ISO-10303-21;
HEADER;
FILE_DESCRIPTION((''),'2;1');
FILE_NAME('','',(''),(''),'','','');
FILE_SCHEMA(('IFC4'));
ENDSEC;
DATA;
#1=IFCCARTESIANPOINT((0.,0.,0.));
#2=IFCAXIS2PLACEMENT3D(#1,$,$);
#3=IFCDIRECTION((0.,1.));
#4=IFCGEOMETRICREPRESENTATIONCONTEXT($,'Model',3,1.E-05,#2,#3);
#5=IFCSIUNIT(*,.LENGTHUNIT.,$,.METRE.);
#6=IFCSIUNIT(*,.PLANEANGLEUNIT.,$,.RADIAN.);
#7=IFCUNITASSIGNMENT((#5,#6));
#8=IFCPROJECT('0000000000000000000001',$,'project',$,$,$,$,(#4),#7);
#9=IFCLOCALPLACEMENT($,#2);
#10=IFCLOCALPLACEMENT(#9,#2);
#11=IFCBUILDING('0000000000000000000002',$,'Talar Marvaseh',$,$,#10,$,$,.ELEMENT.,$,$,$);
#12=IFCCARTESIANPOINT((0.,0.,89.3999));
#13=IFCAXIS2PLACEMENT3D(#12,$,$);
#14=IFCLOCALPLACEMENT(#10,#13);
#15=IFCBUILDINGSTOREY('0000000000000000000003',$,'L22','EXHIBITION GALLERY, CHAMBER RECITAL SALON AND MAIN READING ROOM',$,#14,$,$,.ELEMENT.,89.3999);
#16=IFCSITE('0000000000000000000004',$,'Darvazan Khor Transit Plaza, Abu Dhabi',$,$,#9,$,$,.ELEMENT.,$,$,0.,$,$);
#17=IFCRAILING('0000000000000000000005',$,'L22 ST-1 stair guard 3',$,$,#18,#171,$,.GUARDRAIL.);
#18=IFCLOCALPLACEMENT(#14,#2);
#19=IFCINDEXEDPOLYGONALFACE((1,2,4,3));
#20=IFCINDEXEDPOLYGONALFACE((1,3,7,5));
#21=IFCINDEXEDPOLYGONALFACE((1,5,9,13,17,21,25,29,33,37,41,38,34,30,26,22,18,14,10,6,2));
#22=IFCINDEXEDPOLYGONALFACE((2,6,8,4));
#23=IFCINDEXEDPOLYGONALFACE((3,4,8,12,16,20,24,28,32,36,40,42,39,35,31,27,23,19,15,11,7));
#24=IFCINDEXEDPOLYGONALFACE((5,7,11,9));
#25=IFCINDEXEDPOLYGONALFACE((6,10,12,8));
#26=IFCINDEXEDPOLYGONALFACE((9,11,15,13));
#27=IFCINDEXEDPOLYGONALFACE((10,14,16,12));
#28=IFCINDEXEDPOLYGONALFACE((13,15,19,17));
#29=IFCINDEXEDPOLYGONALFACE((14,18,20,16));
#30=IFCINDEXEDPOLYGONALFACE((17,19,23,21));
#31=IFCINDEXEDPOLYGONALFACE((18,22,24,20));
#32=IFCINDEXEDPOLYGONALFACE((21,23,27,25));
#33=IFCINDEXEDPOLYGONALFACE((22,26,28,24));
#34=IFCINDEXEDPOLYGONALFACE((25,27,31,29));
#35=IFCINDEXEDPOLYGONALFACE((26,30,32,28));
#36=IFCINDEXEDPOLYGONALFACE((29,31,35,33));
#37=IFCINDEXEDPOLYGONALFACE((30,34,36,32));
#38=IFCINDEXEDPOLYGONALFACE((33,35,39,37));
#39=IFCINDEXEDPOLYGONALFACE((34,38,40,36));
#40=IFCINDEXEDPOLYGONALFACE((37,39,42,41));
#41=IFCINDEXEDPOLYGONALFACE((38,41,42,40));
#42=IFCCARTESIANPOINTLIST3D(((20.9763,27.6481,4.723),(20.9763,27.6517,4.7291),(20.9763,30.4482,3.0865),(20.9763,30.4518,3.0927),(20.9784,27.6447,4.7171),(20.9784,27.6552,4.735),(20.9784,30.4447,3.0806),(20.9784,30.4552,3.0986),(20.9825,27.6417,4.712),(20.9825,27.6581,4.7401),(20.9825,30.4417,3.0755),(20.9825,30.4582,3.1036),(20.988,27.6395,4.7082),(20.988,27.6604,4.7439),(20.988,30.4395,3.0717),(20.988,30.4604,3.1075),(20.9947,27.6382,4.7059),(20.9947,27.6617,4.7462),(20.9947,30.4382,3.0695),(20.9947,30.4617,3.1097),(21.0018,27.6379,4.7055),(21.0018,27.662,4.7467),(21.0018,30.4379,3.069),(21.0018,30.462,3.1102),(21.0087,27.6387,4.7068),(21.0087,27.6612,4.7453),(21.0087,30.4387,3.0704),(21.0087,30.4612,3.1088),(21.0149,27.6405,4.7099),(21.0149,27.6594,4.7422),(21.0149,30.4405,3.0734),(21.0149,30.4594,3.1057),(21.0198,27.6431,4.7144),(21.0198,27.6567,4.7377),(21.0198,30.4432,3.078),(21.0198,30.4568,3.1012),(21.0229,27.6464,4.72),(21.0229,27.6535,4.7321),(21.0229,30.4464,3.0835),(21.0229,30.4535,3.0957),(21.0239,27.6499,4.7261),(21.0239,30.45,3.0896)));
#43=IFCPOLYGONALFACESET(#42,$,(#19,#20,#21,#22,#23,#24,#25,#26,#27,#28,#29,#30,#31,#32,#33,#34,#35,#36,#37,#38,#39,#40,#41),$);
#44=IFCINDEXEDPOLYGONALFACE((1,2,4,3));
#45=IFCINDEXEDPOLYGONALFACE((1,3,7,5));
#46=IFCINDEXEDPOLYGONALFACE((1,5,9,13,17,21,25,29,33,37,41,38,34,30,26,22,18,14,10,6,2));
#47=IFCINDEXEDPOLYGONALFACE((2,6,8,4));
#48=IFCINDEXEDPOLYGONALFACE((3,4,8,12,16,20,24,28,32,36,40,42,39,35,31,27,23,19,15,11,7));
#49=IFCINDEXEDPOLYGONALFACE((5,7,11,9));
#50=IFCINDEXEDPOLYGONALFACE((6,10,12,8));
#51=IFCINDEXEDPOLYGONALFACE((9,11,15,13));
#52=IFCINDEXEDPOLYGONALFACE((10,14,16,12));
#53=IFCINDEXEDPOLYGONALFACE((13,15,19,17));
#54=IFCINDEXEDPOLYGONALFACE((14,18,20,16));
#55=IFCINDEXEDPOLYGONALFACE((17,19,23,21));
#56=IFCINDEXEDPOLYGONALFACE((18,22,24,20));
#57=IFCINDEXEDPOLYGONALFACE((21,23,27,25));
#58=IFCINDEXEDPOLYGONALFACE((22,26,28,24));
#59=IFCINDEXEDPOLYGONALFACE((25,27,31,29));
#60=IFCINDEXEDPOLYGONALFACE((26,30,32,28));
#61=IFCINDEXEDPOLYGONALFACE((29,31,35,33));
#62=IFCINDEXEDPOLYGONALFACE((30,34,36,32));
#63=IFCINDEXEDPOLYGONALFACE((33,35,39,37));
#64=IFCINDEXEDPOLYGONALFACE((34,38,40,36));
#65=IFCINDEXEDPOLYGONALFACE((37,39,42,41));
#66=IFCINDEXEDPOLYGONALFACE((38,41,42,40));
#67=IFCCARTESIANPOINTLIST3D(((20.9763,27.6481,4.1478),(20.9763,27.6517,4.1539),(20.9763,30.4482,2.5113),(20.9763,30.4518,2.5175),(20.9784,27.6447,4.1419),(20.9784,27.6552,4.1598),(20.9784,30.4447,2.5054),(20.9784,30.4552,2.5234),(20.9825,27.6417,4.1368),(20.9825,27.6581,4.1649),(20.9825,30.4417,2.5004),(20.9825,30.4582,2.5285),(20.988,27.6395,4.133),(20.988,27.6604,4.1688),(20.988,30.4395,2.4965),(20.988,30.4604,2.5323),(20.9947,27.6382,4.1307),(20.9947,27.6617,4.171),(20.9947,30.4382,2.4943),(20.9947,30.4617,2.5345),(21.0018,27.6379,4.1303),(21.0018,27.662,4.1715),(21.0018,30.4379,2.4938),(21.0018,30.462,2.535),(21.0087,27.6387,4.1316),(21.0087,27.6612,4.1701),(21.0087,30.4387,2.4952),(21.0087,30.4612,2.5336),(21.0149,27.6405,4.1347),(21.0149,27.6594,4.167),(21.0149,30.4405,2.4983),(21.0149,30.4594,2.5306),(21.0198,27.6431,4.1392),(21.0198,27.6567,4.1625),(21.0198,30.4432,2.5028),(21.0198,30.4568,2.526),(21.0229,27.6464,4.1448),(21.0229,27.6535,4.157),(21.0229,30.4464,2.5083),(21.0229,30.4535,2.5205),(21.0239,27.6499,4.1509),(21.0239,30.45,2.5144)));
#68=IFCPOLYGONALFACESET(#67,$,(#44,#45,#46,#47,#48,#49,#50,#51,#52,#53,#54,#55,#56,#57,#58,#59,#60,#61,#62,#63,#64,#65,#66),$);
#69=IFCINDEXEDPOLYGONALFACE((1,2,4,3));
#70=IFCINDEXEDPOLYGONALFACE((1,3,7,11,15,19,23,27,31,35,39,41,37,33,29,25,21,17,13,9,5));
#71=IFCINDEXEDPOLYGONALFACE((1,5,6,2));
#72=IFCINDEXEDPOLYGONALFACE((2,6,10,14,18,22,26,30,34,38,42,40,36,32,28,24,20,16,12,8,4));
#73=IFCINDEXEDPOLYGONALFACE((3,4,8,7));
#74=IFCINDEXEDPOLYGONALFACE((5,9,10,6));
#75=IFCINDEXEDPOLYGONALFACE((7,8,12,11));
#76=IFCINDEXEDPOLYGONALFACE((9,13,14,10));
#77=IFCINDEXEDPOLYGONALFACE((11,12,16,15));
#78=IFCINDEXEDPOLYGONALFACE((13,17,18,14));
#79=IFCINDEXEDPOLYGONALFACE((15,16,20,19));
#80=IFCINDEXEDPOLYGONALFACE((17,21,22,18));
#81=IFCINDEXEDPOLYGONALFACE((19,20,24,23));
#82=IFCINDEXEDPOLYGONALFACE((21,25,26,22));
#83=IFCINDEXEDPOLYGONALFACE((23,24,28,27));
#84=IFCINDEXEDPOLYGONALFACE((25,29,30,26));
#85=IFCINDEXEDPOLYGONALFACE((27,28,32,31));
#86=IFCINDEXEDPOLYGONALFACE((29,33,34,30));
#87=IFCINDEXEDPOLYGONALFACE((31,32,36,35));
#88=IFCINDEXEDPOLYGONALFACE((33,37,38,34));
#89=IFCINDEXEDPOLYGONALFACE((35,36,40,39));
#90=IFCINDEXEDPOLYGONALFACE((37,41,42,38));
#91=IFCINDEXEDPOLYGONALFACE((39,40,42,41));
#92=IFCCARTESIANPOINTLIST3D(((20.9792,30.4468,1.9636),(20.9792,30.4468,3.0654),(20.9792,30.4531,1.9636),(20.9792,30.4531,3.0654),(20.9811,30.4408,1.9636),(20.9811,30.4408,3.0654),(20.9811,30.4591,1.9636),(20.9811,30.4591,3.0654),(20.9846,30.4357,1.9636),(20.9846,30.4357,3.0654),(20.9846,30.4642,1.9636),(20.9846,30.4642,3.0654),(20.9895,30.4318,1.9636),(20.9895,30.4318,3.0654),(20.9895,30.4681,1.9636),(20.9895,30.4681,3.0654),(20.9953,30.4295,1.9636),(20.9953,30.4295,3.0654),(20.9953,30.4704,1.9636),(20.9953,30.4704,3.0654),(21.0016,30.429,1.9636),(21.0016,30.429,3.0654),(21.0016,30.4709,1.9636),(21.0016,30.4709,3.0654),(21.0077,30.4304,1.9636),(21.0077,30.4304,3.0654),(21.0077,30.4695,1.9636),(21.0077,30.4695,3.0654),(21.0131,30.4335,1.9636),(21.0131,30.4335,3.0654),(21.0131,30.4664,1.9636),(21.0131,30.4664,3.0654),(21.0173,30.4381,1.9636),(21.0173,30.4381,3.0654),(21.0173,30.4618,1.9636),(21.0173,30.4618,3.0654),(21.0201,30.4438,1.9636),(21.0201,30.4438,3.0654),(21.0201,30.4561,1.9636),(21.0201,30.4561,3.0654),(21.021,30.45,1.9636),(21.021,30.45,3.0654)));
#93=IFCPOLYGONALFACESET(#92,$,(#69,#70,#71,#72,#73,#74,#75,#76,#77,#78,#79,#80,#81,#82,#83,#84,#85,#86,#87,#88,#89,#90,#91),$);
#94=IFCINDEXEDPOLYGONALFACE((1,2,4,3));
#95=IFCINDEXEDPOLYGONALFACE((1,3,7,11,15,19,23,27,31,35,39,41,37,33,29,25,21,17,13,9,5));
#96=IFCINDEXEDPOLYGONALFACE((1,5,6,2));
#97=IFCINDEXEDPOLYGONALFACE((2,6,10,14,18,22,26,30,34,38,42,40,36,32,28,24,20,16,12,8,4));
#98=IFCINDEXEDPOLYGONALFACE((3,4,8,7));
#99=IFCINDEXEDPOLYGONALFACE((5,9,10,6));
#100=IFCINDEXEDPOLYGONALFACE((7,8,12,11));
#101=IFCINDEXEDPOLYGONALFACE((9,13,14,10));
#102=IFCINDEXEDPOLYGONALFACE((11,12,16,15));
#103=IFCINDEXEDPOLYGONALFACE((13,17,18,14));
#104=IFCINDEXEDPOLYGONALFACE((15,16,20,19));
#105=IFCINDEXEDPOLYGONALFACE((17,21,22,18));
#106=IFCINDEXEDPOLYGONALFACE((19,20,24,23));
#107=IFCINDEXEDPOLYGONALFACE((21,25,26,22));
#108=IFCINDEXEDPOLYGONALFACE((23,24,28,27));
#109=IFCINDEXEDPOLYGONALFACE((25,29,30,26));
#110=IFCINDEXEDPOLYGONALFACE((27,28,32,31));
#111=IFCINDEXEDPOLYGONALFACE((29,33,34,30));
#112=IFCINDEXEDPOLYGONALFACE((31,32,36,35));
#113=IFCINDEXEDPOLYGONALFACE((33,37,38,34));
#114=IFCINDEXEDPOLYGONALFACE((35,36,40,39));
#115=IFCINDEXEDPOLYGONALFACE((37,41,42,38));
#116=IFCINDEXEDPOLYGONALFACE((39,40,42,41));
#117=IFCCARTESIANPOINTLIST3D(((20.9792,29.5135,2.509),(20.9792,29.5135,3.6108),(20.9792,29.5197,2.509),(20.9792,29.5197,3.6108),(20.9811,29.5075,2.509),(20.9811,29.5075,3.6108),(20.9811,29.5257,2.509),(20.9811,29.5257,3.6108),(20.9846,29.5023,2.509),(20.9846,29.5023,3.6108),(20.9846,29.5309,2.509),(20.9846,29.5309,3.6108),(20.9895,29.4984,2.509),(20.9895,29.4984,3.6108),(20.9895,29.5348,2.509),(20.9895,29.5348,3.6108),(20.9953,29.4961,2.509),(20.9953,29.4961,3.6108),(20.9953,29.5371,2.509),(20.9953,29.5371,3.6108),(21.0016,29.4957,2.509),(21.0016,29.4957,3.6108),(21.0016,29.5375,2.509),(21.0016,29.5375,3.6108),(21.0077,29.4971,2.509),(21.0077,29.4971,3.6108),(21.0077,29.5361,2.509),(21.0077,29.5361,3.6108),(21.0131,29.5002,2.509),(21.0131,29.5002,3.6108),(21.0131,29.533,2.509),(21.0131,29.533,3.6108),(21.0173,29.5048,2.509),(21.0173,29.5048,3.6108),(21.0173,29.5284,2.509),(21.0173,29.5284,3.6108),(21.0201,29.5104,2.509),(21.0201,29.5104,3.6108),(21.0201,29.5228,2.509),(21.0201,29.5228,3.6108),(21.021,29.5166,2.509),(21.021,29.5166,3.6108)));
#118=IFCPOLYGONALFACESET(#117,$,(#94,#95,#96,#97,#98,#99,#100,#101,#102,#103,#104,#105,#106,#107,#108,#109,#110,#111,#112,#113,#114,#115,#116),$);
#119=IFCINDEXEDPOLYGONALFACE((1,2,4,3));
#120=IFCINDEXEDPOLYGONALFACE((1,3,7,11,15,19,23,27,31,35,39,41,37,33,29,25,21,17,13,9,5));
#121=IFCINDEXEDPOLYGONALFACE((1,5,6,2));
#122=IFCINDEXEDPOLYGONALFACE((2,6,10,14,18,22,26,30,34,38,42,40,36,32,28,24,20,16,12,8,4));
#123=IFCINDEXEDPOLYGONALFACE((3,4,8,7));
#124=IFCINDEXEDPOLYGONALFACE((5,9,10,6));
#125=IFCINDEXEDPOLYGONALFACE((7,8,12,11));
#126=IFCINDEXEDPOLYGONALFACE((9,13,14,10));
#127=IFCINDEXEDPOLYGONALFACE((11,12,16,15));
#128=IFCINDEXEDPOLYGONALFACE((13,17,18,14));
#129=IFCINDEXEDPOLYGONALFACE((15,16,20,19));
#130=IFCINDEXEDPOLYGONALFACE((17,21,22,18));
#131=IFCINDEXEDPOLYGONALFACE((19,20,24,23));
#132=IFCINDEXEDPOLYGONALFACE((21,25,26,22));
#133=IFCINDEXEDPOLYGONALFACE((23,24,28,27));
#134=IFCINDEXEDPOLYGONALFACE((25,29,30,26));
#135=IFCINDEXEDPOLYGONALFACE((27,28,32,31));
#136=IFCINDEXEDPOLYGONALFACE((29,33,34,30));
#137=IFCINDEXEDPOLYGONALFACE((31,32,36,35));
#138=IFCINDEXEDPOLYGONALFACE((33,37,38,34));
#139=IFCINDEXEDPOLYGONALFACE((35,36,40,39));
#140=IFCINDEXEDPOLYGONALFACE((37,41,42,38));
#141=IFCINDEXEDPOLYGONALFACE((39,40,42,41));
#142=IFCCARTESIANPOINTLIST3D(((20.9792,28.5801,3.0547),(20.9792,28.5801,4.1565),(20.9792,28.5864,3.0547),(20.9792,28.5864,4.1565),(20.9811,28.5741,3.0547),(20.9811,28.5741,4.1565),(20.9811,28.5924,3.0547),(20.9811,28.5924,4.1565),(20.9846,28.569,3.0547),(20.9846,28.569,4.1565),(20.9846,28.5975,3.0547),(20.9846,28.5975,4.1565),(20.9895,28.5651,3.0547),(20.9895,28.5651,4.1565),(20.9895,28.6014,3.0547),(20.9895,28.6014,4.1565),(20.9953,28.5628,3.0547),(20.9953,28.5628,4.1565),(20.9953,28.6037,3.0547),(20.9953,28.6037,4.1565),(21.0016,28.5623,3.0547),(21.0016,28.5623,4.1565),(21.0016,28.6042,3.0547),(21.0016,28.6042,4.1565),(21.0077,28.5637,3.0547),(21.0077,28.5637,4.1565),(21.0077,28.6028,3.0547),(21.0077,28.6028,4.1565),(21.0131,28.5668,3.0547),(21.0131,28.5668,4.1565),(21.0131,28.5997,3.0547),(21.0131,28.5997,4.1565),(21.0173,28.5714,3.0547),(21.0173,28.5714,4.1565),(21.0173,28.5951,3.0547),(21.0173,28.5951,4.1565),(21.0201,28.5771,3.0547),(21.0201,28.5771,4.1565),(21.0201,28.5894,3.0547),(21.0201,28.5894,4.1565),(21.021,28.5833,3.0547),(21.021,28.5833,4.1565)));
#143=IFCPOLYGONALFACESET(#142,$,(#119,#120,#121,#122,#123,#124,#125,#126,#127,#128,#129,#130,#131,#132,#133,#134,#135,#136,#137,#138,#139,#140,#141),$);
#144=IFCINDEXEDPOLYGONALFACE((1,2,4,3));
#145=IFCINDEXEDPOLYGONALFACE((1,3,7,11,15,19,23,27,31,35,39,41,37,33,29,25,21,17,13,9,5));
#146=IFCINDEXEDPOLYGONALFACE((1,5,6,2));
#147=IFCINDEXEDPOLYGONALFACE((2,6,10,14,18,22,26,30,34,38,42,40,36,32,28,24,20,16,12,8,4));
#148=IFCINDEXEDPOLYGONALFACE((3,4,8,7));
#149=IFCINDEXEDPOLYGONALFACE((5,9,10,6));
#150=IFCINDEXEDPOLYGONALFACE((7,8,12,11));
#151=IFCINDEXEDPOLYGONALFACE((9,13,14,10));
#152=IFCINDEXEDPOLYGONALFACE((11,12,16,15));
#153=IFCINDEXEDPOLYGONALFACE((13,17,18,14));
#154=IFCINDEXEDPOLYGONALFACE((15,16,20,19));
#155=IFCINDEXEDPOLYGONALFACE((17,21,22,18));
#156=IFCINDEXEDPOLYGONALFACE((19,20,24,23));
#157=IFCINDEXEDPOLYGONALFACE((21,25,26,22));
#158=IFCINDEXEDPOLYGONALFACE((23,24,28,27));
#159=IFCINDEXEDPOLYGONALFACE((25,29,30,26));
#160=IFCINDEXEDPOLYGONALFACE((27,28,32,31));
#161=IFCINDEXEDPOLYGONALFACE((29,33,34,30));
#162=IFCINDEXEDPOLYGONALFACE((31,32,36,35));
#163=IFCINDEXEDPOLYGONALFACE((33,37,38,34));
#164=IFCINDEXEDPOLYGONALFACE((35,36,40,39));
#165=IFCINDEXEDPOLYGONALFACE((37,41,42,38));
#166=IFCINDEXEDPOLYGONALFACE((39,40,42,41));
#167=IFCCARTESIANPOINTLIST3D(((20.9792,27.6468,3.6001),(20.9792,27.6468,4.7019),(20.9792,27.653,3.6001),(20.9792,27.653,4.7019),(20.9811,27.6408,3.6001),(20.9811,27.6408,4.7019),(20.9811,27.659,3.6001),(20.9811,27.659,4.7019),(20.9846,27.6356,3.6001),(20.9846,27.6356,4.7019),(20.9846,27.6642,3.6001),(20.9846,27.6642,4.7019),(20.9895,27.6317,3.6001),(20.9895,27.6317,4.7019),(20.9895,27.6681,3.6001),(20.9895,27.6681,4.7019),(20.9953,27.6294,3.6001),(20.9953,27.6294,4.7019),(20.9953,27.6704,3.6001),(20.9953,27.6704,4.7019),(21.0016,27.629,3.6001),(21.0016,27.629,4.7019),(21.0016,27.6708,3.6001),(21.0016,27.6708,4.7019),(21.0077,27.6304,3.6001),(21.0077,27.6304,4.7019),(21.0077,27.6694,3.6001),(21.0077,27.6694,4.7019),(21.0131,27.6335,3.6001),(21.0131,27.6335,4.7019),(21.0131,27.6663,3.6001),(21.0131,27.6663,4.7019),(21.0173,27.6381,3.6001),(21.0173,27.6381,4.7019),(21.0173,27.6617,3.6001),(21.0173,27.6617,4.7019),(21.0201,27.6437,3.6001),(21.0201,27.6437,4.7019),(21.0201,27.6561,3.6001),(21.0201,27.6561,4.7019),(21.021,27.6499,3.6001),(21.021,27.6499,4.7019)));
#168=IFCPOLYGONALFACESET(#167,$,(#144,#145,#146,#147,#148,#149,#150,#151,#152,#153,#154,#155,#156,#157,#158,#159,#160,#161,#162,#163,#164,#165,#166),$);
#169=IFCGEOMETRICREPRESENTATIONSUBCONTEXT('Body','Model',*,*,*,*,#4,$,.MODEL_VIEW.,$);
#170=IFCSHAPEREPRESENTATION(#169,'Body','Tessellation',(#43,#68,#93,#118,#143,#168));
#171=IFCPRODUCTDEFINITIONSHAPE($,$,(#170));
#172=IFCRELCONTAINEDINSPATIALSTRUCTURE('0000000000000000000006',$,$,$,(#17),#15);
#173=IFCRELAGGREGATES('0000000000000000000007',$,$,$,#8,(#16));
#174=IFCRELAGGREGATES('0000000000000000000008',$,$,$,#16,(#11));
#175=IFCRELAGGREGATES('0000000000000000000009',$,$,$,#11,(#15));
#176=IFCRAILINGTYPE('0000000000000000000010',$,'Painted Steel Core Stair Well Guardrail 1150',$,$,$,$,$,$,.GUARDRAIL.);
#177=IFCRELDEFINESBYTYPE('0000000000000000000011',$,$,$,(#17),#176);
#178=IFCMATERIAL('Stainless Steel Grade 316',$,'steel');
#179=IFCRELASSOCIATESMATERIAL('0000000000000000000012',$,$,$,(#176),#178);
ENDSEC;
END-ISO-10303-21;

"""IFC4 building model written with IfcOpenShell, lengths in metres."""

from ifc_helpers import new_model, si_unit, direction, frame, origin, origin_2d, place, context, subcontext, project, spatial, circle, extrude, material, type_object, element, save


model = new_model("IFC4")

# Units and contexts
model_context = context("Model", 3, precision=1e-05, world=origin(), true_north=direction((0.0, 1.0)))
body_context = subcontext(model_context, "Body", "Model", "MODEL_VIEW")
ifc_project = project(units=[si_unit("LENGTHUNIT", "METRE"), si_unit("PLANEANGLEUNIT", "RADIAN")], contexts=[model_context])

# Site, building, storey
site_placement = place(None, origin())
site = spatial("IfcSite", under=ifc_project, at=site_placement, Name="Darvazan Khor Transit Plaza, Abu Dhabi", CompositionType="ELEMENT", RefElevation=0.0)
building_placement = place(site_placement, origin())
building = spatial("IfcBuilding", under=site, at=building_placement, Name="Talar Marvaseh", CompositionType="ELEMENT")
storey_placement = place(building_placement, frame((0.0, 0.0, 89.3999)))
storey = spatial("IfcBuildingStorey", under=building, at=storey_placement, Name="L22", Description="EXHIBITION GALLERY, CHAMBER RECITAL SALON AND MAIN READING ROOM", CompositionType="ELEMENT", Elevation=89.3999)

# Railing
ifc_material_1 = material(Name="Stainless Steel Grade 316", Category="steel")
railing_type_1 = type_object("IfcRailingType", Name="Painted Steel Core Stair Well Guardrail 1150", PredefinedType="GUARDRAIL", material=ifc_material_1)
railing_1_placement = place(storey_placement, frame((21.0, 30.45, 1.9636)))
element("IfcRailing", 1, at=railing_1_placement, inside=storey, type_object=railing_type_1, Name="L22 ST-1 stair guard 3", PredefinedType="GUARDRAIL", context=body_context, shape_type="SweptSolid", body=[
    extrude(circle(Radius=0.0239, at=origin_2d()), frame((0.0, 0.0, 1.126), z_axis=(0.0, -0.863361, 0.504587), x_axis=(1.0, 0.0, 0.0)), (0.0, 0.0, 1.0), 3.2432),
    extrude(circle(Radius=0.0239, at=origin_2d()), frame((0.0, 0.0, 0.5508), z_axis=(0.0, -0.863361, 0.504587), x_axis=(1.0, 0.0, 0.0)), (0.0, 0.0, 1.0), 3.2432),
    extrude(circle(Radius=0.021, at=origin_2d()), origin(), (0.0, 0.0, 1.0), 1.1018),
    extrude(circle(Radius=0.021, at=origin_2d()), frame((0.0, -0.9333, 0.5454)), (0.0, 0.0, 1.0), 1.1018),
    extrude(circle(Radius=0.021, at=origin_2d()), frame((0.0, -1.8667, 1.0911)), (0.0, 0.0, 1.0), 1.1018),
    extrude(circle(Radius=0.021, at=origin_2d()), frame((0.0, -2.8, 1.6365)), (0.0, 0.0, 1.0), 1.1018),
])

save(model, "model.ifc")
